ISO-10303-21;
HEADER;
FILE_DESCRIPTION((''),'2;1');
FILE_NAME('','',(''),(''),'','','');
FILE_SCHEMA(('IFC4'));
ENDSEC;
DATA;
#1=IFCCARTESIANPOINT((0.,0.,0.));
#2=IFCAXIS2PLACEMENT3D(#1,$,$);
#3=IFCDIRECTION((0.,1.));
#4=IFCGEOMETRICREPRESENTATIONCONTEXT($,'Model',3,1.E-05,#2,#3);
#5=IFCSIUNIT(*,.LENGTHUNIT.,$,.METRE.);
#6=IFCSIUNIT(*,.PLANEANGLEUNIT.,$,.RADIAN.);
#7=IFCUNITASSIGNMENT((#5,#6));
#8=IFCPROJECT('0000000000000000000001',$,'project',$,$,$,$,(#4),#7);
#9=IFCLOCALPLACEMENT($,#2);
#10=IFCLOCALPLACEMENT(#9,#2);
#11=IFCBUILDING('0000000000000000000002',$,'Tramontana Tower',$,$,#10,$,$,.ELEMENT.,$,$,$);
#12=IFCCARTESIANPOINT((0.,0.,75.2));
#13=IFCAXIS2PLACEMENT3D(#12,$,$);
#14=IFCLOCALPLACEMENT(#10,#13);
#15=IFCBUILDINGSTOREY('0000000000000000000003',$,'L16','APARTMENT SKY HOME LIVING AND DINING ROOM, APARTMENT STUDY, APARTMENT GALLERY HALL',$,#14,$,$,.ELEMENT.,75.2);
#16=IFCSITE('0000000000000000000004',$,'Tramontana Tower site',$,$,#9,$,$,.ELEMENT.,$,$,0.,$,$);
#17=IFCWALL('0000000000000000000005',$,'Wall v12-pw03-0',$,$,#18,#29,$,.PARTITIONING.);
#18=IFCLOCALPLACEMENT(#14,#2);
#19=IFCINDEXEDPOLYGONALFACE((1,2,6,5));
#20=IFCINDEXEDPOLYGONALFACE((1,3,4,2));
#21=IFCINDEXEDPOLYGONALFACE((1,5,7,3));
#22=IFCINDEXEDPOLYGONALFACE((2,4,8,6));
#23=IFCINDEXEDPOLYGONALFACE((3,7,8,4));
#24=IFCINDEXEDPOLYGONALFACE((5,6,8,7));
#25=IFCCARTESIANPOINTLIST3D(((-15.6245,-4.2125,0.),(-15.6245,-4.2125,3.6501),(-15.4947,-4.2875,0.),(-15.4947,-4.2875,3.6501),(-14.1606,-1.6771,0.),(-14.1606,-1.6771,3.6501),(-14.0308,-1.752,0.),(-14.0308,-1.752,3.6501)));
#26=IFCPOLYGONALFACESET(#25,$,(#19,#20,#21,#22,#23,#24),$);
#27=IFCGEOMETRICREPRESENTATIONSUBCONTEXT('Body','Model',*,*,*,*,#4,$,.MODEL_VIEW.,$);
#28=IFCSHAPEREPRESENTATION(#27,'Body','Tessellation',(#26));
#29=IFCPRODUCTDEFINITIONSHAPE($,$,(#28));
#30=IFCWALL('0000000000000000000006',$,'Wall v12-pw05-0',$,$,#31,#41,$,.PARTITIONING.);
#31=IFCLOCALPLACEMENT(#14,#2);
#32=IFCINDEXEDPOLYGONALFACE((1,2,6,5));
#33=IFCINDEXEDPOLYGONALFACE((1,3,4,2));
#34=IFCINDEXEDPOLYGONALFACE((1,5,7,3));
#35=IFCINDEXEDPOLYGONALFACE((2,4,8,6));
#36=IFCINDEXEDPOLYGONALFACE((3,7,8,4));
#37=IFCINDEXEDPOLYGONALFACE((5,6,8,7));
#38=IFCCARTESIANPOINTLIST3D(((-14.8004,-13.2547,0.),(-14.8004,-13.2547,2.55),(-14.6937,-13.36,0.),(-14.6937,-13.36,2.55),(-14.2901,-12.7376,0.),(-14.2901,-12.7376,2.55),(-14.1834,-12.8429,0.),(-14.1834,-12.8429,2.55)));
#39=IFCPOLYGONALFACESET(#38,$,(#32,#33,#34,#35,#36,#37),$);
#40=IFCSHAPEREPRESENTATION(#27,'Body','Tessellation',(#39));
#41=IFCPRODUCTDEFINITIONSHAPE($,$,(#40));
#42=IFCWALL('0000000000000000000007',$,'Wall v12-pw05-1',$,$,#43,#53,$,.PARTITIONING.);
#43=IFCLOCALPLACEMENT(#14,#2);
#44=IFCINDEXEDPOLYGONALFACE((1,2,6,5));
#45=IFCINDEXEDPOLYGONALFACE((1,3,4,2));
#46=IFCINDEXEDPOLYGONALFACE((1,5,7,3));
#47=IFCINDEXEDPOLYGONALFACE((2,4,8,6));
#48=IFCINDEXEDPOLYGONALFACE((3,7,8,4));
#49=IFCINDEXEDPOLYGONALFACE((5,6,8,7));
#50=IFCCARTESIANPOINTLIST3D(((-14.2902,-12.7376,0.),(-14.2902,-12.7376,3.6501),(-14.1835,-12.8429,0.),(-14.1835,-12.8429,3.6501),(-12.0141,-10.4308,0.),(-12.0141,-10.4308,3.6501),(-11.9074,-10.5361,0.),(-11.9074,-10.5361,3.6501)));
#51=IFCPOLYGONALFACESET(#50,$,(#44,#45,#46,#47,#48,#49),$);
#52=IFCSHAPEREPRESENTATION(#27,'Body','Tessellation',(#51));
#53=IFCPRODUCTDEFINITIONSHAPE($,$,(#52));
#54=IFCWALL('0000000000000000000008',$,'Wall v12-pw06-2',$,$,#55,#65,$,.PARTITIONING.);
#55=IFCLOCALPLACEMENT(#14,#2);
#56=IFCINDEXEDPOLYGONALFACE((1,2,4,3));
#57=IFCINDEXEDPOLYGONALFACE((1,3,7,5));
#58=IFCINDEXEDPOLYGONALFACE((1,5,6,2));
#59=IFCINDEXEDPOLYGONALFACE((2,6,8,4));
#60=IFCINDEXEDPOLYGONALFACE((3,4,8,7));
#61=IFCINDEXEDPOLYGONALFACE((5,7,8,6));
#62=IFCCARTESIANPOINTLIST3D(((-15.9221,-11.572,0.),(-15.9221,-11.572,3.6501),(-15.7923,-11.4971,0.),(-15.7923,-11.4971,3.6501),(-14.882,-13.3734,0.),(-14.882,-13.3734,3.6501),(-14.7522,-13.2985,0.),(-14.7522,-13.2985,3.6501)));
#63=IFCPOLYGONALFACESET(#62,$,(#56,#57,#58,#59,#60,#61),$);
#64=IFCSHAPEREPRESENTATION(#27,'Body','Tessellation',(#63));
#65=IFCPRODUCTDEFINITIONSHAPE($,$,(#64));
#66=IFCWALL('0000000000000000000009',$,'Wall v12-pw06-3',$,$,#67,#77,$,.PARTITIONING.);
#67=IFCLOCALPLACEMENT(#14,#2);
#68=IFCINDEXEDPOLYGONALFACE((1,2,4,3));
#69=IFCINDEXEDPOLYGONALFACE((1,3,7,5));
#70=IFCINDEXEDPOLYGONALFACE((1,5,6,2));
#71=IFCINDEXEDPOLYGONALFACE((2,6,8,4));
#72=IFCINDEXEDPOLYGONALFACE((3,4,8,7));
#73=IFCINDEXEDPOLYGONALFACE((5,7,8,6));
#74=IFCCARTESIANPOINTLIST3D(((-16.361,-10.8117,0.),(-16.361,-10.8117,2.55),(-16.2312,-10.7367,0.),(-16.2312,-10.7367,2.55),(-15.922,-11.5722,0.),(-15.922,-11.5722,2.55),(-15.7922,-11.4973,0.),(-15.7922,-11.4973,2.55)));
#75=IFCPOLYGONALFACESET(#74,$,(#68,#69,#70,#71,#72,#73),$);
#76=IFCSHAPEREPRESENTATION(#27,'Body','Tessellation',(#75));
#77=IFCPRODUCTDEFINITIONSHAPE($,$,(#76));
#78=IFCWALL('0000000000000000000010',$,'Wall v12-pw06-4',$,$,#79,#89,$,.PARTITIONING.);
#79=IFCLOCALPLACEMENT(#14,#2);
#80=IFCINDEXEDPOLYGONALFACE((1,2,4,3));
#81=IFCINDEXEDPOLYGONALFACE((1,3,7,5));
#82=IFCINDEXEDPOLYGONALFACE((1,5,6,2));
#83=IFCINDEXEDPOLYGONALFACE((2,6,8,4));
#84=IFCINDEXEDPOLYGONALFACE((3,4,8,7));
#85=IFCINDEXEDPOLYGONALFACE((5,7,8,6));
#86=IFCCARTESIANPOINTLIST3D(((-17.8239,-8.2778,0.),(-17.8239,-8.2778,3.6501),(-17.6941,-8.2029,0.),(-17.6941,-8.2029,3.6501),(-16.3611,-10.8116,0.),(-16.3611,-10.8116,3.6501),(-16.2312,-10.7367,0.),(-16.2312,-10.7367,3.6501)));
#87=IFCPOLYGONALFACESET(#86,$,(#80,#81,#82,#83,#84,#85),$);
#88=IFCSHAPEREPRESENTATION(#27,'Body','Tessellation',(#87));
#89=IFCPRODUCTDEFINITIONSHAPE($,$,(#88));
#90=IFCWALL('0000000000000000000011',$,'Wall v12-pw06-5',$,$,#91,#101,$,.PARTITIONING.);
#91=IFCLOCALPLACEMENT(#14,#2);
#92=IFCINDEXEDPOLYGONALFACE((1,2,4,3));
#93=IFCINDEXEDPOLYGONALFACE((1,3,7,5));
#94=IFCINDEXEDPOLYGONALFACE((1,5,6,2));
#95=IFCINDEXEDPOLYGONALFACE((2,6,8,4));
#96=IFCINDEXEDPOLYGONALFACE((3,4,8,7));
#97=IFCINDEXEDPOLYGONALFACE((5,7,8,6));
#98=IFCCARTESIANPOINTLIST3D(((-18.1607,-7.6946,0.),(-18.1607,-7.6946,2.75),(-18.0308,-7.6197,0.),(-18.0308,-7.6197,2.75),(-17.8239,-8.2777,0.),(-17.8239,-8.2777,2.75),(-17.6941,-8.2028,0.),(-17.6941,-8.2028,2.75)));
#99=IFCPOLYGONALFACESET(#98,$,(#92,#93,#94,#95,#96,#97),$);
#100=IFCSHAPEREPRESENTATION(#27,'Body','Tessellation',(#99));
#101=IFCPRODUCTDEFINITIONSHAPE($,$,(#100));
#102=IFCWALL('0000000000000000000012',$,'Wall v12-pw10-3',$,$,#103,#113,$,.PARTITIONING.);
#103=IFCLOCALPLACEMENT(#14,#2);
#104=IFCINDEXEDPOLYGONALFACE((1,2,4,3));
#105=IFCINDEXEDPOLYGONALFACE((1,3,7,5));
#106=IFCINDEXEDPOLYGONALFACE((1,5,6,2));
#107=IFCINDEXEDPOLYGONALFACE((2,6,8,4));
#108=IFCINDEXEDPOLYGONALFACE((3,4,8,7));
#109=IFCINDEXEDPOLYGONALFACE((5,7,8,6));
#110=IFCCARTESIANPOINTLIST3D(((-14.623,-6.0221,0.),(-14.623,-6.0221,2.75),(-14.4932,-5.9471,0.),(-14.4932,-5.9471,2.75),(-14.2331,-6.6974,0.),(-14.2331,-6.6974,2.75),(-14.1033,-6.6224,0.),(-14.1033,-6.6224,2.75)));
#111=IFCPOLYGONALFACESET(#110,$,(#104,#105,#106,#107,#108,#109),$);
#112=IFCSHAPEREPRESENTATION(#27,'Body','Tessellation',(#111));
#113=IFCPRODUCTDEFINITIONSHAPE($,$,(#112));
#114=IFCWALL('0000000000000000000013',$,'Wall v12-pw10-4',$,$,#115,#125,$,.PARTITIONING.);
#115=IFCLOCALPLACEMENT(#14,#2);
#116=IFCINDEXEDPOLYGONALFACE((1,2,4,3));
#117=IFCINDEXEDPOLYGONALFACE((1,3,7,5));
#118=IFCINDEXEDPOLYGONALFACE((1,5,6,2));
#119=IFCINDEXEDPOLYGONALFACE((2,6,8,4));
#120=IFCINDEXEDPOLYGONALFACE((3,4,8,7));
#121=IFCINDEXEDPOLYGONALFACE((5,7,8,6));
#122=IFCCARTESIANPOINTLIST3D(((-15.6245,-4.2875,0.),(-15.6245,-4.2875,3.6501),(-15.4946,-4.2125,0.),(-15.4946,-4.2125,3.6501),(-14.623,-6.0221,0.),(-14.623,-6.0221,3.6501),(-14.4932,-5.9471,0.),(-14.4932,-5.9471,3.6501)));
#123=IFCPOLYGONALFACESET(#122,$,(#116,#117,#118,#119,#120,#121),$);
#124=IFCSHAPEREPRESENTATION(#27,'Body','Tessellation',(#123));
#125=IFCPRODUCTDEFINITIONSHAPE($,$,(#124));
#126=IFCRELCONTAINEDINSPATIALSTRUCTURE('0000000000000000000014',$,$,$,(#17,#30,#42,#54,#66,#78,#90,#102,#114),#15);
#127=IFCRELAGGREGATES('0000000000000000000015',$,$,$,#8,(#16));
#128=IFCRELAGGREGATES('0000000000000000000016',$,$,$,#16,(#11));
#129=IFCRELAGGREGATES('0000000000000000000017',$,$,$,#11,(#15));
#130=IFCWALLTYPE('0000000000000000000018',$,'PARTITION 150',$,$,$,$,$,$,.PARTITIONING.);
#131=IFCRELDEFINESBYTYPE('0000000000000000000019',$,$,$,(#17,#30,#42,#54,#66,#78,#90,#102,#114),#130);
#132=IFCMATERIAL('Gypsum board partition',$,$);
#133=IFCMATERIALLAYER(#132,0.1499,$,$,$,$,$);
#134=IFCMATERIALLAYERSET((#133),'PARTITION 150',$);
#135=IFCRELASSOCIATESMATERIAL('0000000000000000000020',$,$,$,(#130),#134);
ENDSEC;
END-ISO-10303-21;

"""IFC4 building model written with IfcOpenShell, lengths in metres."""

from ifc_helpers import new_model, si_unit, direction, frame, frame_2d, origin, place, context, subcontext, project, spatial, rectangle, extrude, material, layer, layer_set, type_object, element, save


model = new_model("IFC4")

# Units and contexts
model_context = context("Model", 3, precision=1e-05, world=origin(), true_north=direction((0.0, 1.0)))
body_context = subcontext(model_context, "Body", "Model", "MODEL_VIEW")
ifc_project = project(units=[si_unit("LENGTHUNIT", "METRE"), si_unit("PLANEANGLEUNIT", "RADIAN")], contexts=[model_context])

# Site, building, storey
site_placement = place(None, origin())
site = spatial("IfcSite", under=ifc_project, at=site_placement, Name="Tramontana Tower site", CompositionType="ELEMENT", RefElevation=0.0)
building_placement = place(site_placement, origin())
building = spatial("IfcBuilding", under=site, at=building_placement, Name="Tramontana Tower", CompositionType="ELEMENT")
storey_placement = place(building_placement, frame((0.0, 0.0, 75.2)))
storey = spatial("IfcBuildingStorey", under=building, at=storey_placement, Name="L16", Description="APARTMENT SKY HOME LIVING AND DINING ROOM, APARTMENT STUDY, APARTMENT GALLERY HALL", CompositionType="ELEMENT", Elevation=75.2)

# Walls
ifc_material_1 = material(Name="Gypsum board partition")
ifc_layer_1 = layer(ifc_material_1, 0.1499)
ifc_layer_set_1 = layer_set([ifc_layer_1], Name="PARTITION 150")
wall_type_1 = type_object("IfcWallType", Name="PARTITION 150", PredefinedType="PARTITIONING", material=ifc_layer_set_1)
wall_1_placement = place(storey_placement, frame((-15.5596, -4.25, 0.0), z_axis=(0.0, 0.0, 1.0), x_axis=(0.500014, 0.866018, 0.0)))
element("IfcWall", 1, at=wall_1_placement, inside=storey, type_object=wall_type_1, Name="Wall v12-pw03-0", PredefinedType="PARTITIONING", context=body_context, shape_type="SweptSolid", body=[
    extrude(rectangle(XDim=2.9277, YDim=0.1499, at=frame_2d((1.4639, 0.0))), origin(), (0.0, 0.0, 1.0), 3.6501),
])
wall_2_placement = place(storey_placement, frame((-14.7471, -13.3074, 0.0), z_axis=(0.0, 0.0, 1.0), x_axis=(0.702386, 0.711796, 0.0)))
element("IfcWall", 2, at=wall_2_placement, inside=storey, type_object=wall_type_1, Name="Wall v12-pw05-0", PredefinedType="PARTITIONING", context=body_context, shape_type="SweptSolid", body=[
    extrude(rectangle(XDim=0.7266, YDim=0.1499, at=frame_2d((0.3633, 0.0))), origin(), (0.0, 0.0, 1.0), 2.55),
])
wall_3_placement = place(storey_placement, frame((-14.2368, -12.7903, 0.0), z_axis=(0.0, 0.0, 1.0), x_axis=(0.702345, 0.711837, 0.0)))
element("IfcWall", 3, at=wall_3_placement, inside=storey, type_object=wall_type_1, Name="Wall v12-pw05-1", PredefinedType="PARTITIONING", context=body_context, shape_type="SweptSolid", body=[
    extrude(rectangle(XDim=3.2407, YDim=0.1499, at=frame_2d((1.6204, 0.0))), origin(), (0.0, 0.0, 1.0), 3.6501),
])

# Walls
wall_4_placement = place(storey_placement, frame((-14.8171, -13.3359, 0.0), z_axis=(0.0, 0.0, 1.0), x_axis=(-0.500027, 0.86601, 0.0)))
element("IfcWall", 4, at=wall_4_placement, inside=storey, type_object=wall_type_1, Name="Wall v12-pw06-2", PredefinedType="PARTITIONING", context=body_context, shape_type="SweptSolid", body=[
    extrude(rectangle(XDim=2.0801, YDim=0.1499, at=frame_2d((1.04, 0.0))), origin(), (0.0, 0.0, 1.0), 3.6501),
])
wall_5_placement = place(storey_placement, frame((-15.8572, -11.5347, 0.0), z_axis=(0.0, 0.0, 1.0), x_axis=(-0.499907, 0.866079, 0.0)))
element("IfcWall", 5, at=wall_5_placement, inside=storey, type_object=wall_type_1, Name="Wall v12-pw06-3", PredefinedType="PARTITIONING", context=body_context, shape_type="SweptSolid", body=[
    extrude(rectangle(XDim=0.8782, YDim=0.1499, at=frame_2d((0.439, 0.0))), origin(), (0.0, 0.0, 1.0), 2.55),
])
wall_6_placement = place(storey_placement, frame((-16.2961, -10.7742, 0.0), z_axis=(0.0, 0.0, 1.0), x_axis=(-0.49998, 0.866037, 0.0)))
element("IfcWall", 6, at=wall_6_placement, inside=storey, type_object=wall_type_1, Name="Wall v12-pw06-4", PredefinedType="PARTITIONING", context=body_context, shape_type="SweptSolid", body=[
    extrude(rectangle(XDim=2.9258, YDim=0.1499, at=frame_2d((1.4629, 0.0))), origin(), (0.0, 0.0, 1.0), 3.6501),
])
wall_7_placement = place(storey_placement, frame((-17.759, -8.2402, 0.0), z_axis=(0.0, 0.0, 1.0), x_axis=(-0.500078, 0.86598, 0.0)))
element("IfcWall", 7, at=wall_7_placement, inside=storey, type_object=wall_type_1, Name="Wall v12-pw06-5", PredefinedType="PARTITIONING", context=body_context, shape_type="SweptSolid", body=[
    extrude(rectangle(XDim=0.6733, YDim=0.1499, at=frame_2d((0.3367, 0.0))), origin(), (0.0, 0.0, 1.0), 2.75),
])
wall_8_placement = place(storey_placement, frame((-14.1682, -6.6599, 0.0), z_axis=(0.0, 0.0, 1.0), x_axis=(-0.500012, 0.866019, 0.0)))
element("IfcWall", 8, at=wall_8_placement, inside=storey, type_object=wall_type_1, Name="Wall v12-pw10-3", PredefinedType="PARTITIONING", context=body_context, shape_type="SweptSolid", body=[
    extrude(rectangle(XDim=0.7798, YDim=0.1499, at=frame_2d((0.3899, 0.0))), origin(), (0.0, 0.0, 1.0), 2.75),
])
wall_9_placement = place(storey_placement, frame((-14.5581, -5.9846, 0.0), z_axis=(0.0, 0.0, 1.0), x_axis=(-0.499993, 0.866029, 0.0)))
element("IfcWall", 9, at=wall_9_placement, inside=storey, type_object=wall_type_1, Name="Wall v12-pw10-4", PredefinedType="PARTITIONING", context=body_context, shape_type="SweptSolid", body=[
    extrude(rectangle(XDim=2.0029, YDim=0.1499, at=frame_2d((1.0015, 0.0))), origin(), (0.0, 0.0, 1.0), 3.6501),
])

save(model, "model.ifc")
